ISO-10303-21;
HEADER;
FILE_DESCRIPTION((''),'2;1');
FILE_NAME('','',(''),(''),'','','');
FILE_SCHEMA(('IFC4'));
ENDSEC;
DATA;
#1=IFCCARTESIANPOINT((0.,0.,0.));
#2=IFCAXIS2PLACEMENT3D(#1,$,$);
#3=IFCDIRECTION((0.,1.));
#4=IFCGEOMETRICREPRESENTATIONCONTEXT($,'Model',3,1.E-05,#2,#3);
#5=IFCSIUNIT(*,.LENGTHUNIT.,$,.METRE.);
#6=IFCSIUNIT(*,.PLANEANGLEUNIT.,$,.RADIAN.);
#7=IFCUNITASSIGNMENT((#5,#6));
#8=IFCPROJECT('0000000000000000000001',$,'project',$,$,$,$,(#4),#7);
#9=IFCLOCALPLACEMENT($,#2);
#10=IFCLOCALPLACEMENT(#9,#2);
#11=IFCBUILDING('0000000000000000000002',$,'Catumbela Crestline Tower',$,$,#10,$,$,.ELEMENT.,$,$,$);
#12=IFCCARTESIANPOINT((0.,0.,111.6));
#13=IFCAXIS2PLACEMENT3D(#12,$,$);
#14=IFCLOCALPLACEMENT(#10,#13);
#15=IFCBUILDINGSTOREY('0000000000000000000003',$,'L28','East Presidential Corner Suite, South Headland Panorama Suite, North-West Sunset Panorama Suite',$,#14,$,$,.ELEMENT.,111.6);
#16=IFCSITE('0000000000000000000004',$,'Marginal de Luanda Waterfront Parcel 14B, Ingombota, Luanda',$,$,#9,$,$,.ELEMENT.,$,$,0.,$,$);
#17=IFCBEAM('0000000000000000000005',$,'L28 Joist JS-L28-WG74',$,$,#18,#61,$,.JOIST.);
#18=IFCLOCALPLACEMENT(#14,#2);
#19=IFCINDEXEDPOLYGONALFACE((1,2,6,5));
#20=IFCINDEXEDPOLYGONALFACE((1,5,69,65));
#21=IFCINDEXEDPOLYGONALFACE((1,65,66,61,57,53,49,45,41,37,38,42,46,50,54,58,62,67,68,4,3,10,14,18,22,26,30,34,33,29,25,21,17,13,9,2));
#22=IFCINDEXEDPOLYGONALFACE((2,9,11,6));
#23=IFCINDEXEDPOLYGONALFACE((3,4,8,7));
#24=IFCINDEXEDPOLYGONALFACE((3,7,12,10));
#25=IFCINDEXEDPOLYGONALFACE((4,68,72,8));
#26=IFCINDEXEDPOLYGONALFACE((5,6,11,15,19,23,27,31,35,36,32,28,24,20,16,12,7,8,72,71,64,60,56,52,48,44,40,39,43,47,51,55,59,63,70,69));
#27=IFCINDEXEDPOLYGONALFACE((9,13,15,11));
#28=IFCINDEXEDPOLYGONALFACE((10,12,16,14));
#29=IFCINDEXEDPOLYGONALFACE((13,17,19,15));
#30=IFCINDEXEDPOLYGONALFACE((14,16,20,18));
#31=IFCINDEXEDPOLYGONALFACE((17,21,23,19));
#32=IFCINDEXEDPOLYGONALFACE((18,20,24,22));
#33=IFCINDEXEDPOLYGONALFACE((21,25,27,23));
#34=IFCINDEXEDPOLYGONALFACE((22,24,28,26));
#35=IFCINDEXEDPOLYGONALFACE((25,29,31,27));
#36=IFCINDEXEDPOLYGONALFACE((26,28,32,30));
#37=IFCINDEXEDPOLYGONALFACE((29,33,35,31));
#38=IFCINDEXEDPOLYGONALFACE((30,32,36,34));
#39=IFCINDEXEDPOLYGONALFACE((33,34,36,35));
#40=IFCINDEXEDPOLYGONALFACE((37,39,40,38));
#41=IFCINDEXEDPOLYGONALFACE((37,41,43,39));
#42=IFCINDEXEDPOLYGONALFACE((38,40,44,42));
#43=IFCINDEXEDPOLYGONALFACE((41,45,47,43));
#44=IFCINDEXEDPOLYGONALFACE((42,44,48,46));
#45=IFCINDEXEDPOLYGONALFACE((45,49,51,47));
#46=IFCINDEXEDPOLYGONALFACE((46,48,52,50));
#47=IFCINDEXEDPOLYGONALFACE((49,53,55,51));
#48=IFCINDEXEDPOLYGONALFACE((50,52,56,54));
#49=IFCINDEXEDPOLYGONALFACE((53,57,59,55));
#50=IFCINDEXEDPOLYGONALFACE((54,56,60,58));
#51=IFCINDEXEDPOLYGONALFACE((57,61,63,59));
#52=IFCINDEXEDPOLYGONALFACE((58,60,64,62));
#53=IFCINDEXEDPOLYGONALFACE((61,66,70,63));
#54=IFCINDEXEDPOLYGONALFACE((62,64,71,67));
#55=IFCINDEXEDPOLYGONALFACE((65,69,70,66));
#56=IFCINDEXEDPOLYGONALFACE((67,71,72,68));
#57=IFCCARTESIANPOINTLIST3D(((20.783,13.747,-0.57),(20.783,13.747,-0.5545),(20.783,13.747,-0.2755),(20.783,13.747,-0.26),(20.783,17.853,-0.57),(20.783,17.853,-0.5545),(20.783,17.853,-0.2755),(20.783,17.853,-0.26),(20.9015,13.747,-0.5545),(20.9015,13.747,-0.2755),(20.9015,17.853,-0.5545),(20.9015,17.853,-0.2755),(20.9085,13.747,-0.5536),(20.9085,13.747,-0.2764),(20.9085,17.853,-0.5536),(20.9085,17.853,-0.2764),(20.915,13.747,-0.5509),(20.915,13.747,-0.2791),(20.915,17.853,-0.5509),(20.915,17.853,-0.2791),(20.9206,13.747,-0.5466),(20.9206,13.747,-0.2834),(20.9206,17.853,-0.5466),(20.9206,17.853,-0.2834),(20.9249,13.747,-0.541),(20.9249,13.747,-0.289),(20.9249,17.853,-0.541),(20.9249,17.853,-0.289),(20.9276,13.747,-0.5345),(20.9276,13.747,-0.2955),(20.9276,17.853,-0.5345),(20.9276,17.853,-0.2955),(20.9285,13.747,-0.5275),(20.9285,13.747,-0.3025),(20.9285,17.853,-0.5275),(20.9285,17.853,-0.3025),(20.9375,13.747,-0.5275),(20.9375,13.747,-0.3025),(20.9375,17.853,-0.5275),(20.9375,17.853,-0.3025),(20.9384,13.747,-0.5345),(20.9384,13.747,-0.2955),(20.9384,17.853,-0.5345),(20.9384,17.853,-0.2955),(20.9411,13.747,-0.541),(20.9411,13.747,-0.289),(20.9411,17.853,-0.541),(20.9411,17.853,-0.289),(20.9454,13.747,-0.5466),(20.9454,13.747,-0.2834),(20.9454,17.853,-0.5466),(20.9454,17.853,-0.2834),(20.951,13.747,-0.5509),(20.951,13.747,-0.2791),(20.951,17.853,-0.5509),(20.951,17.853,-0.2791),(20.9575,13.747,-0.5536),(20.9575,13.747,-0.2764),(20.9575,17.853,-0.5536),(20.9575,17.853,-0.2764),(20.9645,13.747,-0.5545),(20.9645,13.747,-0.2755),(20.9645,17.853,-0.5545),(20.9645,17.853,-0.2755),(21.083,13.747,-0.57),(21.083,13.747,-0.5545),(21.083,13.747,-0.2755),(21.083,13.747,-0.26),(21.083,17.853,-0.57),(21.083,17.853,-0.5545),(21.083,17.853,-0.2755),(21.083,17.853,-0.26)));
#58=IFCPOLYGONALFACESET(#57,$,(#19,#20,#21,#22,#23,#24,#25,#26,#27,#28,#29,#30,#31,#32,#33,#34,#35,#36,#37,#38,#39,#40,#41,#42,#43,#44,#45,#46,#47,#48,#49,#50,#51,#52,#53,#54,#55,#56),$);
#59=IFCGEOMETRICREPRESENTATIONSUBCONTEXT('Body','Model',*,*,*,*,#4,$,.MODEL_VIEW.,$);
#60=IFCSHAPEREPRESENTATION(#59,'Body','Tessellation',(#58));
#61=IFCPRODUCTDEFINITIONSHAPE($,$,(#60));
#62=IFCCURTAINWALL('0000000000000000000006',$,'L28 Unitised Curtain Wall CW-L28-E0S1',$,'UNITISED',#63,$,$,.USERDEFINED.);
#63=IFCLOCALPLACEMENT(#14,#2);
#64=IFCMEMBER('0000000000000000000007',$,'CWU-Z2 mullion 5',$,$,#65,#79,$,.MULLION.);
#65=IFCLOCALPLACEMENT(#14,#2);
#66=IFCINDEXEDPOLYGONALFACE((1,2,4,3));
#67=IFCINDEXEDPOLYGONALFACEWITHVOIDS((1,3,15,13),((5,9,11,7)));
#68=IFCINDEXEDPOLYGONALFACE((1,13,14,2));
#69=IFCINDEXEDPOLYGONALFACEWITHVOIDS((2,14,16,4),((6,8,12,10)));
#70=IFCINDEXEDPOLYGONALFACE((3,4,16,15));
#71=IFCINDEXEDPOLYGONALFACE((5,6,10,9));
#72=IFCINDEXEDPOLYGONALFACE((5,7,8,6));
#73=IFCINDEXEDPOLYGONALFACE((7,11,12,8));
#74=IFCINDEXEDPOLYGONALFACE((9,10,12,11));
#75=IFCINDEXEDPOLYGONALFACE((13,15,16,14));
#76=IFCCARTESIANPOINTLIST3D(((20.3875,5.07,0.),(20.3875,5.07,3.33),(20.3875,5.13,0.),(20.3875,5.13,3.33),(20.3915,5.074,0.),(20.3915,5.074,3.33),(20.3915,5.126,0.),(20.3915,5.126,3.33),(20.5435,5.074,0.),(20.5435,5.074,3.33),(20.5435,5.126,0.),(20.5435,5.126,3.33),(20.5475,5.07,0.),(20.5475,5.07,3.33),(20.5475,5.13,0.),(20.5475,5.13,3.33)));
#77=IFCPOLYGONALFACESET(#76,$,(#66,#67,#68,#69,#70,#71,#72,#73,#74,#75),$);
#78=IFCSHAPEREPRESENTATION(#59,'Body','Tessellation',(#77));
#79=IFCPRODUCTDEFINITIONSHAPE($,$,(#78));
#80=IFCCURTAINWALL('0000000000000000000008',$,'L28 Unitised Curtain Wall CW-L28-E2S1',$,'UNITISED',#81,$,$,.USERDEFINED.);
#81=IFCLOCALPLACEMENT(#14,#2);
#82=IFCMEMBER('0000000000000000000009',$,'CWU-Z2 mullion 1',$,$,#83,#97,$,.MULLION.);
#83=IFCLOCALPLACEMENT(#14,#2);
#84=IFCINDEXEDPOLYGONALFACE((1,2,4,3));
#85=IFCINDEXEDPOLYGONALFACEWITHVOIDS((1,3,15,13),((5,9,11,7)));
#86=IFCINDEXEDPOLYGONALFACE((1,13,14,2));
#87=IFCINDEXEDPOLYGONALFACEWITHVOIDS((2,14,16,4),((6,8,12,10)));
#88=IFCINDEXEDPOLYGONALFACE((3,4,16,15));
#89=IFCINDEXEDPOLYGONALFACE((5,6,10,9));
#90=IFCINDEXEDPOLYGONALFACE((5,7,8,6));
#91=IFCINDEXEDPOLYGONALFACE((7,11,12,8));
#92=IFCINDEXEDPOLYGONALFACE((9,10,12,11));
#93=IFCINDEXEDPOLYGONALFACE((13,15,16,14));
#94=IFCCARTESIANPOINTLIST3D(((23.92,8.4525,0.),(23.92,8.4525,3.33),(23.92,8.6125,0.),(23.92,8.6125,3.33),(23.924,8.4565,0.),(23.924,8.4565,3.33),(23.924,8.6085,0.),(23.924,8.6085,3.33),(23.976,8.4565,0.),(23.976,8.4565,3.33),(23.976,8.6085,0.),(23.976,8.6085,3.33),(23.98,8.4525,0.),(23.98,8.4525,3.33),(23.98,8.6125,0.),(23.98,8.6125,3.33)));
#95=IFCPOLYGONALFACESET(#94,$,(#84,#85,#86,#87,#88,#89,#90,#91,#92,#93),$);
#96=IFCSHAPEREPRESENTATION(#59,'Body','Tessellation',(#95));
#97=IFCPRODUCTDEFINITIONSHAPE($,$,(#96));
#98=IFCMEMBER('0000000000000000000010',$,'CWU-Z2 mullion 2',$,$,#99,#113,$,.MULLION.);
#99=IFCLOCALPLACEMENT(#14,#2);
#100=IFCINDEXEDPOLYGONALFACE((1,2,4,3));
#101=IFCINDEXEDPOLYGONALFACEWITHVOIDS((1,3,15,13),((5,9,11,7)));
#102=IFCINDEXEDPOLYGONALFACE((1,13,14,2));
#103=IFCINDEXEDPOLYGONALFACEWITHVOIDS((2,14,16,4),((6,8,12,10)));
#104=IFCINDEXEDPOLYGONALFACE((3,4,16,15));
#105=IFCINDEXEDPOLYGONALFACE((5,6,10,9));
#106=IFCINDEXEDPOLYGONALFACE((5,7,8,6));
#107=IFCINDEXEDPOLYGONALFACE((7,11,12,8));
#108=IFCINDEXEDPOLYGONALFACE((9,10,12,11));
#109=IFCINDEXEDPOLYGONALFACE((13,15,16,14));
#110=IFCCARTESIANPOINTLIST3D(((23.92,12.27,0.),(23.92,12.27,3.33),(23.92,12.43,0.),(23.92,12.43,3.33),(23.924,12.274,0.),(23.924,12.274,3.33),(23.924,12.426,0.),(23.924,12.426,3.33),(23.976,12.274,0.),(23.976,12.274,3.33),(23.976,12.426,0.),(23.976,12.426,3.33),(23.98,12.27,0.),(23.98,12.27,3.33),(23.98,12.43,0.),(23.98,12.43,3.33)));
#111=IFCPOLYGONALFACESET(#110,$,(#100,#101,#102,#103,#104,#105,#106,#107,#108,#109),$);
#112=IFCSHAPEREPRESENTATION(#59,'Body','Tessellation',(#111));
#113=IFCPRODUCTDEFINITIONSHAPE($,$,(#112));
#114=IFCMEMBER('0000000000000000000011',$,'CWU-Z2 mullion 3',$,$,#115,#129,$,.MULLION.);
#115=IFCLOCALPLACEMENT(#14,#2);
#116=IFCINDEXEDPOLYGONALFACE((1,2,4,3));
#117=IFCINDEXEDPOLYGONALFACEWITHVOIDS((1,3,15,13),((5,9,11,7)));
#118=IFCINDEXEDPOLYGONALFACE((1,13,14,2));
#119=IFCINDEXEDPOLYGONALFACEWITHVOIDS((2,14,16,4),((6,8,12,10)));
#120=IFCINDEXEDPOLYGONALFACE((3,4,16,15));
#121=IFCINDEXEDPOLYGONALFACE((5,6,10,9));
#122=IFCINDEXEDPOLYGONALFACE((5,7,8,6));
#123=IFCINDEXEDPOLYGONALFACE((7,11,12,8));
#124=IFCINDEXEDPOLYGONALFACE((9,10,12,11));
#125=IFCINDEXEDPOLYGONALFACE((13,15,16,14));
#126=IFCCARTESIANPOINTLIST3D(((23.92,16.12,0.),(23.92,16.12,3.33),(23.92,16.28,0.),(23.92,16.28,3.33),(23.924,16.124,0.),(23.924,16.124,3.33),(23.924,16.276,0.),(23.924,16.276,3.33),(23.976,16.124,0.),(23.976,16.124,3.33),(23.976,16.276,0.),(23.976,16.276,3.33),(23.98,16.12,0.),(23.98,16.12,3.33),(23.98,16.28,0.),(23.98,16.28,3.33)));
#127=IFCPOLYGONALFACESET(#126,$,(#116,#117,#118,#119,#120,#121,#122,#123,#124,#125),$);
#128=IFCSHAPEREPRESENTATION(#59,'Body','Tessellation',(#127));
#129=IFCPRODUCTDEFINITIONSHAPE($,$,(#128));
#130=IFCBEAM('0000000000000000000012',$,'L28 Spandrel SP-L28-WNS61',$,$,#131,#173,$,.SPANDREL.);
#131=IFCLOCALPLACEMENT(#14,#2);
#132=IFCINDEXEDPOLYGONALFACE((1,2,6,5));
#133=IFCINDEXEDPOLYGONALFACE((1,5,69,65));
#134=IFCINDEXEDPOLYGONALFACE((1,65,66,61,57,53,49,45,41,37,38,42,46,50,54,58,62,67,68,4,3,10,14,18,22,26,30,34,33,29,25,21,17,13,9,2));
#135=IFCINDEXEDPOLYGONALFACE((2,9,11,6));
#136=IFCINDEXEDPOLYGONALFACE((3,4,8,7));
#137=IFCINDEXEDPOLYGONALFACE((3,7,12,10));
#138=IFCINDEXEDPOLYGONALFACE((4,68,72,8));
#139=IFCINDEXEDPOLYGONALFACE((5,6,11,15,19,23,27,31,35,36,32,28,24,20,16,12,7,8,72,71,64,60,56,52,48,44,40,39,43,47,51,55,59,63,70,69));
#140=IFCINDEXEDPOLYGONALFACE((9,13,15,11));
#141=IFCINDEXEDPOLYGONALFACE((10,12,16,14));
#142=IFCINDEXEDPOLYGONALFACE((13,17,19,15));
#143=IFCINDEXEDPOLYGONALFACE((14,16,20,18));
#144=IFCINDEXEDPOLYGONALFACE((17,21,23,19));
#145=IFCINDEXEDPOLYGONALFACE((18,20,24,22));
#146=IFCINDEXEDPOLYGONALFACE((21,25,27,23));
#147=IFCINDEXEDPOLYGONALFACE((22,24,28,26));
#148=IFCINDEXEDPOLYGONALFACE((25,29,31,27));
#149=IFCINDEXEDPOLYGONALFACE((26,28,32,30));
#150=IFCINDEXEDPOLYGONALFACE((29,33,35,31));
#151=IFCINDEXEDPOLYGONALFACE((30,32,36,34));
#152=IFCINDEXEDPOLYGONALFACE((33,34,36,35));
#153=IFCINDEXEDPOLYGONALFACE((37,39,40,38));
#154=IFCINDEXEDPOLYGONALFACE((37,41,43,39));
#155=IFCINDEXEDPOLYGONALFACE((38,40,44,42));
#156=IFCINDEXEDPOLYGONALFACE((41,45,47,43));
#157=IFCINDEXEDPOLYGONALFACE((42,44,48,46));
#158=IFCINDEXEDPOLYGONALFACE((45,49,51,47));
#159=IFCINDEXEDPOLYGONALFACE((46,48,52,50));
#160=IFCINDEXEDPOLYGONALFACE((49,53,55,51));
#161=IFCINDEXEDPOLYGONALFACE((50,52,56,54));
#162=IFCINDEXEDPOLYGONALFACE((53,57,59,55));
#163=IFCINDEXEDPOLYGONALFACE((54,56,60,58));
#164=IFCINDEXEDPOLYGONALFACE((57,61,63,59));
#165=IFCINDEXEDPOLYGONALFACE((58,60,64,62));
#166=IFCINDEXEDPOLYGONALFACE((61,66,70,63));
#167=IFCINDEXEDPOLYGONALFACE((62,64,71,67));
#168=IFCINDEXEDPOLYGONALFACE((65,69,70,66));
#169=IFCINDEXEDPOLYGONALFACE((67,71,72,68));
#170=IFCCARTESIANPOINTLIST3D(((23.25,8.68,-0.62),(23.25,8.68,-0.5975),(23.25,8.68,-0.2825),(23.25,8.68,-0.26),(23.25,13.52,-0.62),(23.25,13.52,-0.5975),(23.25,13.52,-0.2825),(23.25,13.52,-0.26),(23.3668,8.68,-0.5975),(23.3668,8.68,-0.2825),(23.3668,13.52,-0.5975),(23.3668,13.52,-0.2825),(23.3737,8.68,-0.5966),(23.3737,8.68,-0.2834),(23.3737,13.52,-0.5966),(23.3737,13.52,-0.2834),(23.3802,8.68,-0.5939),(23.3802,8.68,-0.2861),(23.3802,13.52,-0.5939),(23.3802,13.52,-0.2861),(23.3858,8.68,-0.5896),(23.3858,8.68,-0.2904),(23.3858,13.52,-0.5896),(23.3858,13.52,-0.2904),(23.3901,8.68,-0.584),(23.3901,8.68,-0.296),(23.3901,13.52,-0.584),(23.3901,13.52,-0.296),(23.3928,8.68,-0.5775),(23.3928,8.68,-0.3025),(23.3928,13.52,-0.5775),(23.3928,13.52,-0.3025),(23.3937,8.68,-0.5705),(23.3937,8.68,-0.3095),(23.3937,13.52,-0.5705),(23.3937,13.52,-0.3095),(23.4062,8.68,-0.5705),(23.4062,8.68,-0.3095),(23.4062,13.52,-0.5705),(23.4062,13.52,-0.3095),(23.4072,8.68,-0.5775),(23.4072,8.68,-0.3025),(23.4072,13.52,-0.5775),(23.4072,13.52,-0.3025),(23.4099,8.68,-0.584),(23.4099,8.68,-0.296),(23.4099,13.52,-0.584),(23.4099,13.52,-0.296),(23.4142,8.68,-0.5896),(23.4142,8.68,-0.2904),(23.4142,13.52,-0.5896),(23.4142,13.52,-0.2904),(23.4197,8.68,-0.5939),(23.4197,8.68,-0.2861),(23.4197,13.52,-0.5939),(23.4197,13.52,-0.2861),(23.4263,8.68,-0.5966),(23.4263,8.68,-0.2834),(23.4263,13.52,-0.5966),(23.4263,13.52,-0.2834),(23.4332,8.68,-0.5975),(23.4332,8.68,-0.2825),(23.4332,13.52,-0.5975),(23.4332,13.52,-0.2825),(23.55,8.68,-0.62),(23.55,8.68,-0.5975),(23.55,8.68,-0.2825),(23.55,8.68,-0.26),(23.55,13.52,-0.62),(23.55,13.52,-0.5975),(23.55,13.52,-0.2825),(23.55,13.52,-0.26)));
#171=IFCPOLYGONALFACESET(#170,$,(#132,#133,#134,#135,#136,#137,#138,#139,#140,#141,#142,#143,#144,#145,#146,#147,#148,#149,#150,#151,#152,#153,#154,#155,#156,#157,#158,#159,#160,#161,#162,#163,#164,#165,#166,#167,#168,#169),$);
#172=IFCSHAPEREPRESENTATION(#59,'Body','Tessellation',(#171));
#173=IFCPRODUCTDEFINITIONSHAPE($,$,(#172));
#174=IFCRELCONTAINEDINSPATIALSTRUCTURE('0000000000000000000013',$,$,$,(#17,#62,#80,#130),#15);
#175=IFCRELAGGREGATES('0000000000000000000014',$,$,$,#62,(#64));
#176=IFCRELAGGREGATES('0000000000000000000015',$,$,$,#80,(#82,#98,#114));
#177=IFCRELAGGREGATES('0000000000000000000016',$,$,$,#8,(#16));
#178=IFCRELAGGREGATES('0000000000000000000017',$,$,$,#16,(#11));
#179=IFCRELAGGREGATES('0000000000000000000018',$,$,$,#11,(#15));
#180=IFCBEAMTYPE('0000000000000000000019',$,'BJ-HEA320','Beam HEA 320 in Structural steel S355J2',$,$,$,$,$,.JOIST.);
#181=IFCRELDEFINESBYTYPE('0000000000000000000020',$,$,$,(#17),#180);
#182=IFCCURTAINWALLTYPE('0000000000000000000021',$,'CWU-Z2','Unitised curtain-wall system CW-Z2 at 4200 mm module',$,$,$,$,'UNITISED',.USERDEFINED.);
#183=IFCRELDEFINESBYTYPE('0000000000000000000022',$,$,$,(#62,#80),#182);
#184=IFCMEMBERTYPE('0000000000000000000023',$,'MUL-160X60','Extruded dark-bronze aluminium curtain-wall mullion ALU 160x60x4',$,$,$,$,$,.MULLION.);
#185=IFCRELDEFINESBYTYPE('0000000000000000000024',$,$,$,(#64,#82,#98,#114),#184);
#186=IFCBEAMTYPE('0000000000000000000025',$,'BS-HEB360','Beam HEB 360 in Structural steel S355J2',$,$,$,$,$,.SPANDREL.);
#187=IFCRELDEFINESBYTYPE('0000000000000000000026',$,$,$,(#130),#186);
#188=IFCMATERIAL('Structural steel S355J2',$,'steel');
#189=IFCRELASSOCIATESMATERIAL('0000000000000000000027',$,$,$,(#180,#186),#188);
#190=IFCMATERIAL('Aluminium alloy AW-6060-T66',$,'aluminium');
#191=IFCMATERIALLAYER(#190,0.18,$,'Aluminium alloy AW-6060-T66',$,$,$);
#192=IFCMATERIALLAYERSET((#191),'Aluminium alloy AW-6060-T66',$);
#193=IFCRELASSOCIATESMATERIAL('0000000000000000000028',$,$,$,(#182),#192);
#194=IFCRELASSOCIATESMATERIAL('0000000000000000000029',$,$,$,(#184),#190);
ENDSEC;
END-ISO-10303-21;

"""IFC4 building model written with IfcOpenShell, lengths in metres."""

from ifc_helpers import new_model, si_unit, direction, frame, origin, origin_2d, place, context, subcontext, project, spatial, hollow_rectangle, i_section, extrude, material, layer, layer_set, material_profile, profile_set, type_object, element, aggregate, save


model = new_model("IFC4")

# Units and contexts
model_context = context("Model", 3, precision=1e-05, world=origin(), true_north=direction((0.0, 1.0)))
body_context = subcontext(model_context, "Body", "Model", "MODEL_VIEW")
ifc_project = project(units=[si_unit("LENGTHUNIT", "METRE"), si_unit("PLANEANGLEUNIT", "RADIAN")], contexts=[model_context])

# Site, building, storey
site_placement = place(None, origin())
site = spatial("IfcSite", under=ifc_project, at=site_placement, Name="Marginal de Luanda Waterfront Parcel 14B, Ingombota, Luanda", CompositionType="ELEMENT", RefElevation=0.0)
building_placement = place(site_placement, origin())
building = spatial("IfcBuilding", under=site, at=building_placement, Name="Catumbela Crestline Tower", CompositionType="ELEMENT")
storey_placement = place(building_placement, frame((0.0, 0.0, 111.6)))
storey = spatial("IfcBuildingStorey", under=building, at=storey_placement, Name="L28", Description="East Presidential Corner Suite, South Headland Panorama Suite, North-West Sunset Panorama Suite", CompositionType="ELEMENT", Elevation=111.6)

# Beam
ifc_material_1 = material(Name="Structural steel S355J2", Category="steel")
ifc_material_profile_1 = material_profile(ifc_material_1, i_section(OverallWidth=0.3, OverallDepth=0.31, WebThickness=0.009, FlangeThickness=0.0155, FilletRadius=0.027, at=origin_2d()), Name="HEA 320")
ifc_profile_set_1 = profile_set([ifc_material_profile_1], Name="Structural steel S355J2")
beam_type_1 = type_object("IfcBeamType", Name="BJ-HEA320", Description="Beam HEA 320 in Structural steel S355J2", PredefinedType="JOIST", material=ifc_profile_set_1)
for number, where, z_axis, x_axis, name in (
    (1, (20.933, 13.747, -0.415), (0.0, 1.0, 0.0), (-1.0, 0.0, 0.0), "L28 Joist JS-L28-WG74"),
):
    element("IfcBeam", number, at=place(storey_placement, frame(where, z_axis=z_axis, x_axis=x_axis)), inside=storey, type_object=beam_type_1, Name=name, PredefinedType="JOIST", context=body_context, shape_type="SweptSolid", body=[
        extrude(i_section(OverallWidth=0.3, OverallDepth=0.31, WebThickness=0.009, FlangeThickness=0.0155, FilletRadius=0.027, at=origin_2d()), origin(), (0.0, 0.0, 1.0), 4.106),
    ])

# Curtain wall, member
ifc_material_2 = material(Name="Aluminium alloy AW-6060-T66", Category="aluminium")
ifc_layer_1 = layer(ifc_material_2, 0.18, Name="Aluminium alloy AW-6060-T66")
ifc_layer_set_1 = layer_set([ifc_layer_1], Name="Aluminium alloy AW-6060-T66")
curtain_wall_type = type_object("IfcCurtainWallType", Name="CWU-Z2", Description="Unitised curtain-wall system CW-Z2 at 4200 mm module", ElementType="UNITISED", PredefinedType="USERDEFINED", material=ifc_layer_set_1)
curtain_wall_1_placement = place(storey_placement, origin())
curtain_wall_1 = element("IfcCurtainWall", 2, at=curtain_wall_1_placement, inside=storey, type_object=curtain_wall_type, Name="L28 Unitised Curtain Wall CW-L28-E0S1", ObjectType="UNITISED", PredefinedType="USERDEFINED")
ifc_material_profile_2 = material_profile(ifc_material_2, hollow_rectangle(XDim=0.06, YDim=0.16, WallThickness=0.004, at=origin_2d()), Name="ALU 160x60x4")
ifc_profile_set_2 = profile_set([ifc_material_profile_2], Name="Aluminium alloy AW-6060-T66")
member_type_1 = type_object("IfcMemberType", Name="MUL-160X60", Description="Extruded dark-bronze aluminium curtain-wall mullion ALU 160x60x4", PredefinedType="MULLION", material=ifc_profile_set_2)
member_1_placement = place(storey_placement, frame((20.4675, 5.1, 0.0), z_axis=(0.0, 0.0, 1.0), x_axis=(0.0, 1.0, 0.0)))
member_1 = element("IfcMember", 3, at=member_1_placement, type_object=member_type_1, Name="CWU-Z2 mullion 5", PredefinedType="MULLION", context=body_context, shape_type="SweptSolid", body=[
    extrude(hollow_rectangle(XDim=0.06, YDim=0.16, WallThickness=0.004, at=origin_2d()), origin(), (0.0, 0.0, 1.0), 3.33),
])
aggregate(curtain_wall_1, [member_1])

# Curtain wall, members
curtain_wall_2_placement = place(storey_placement, origin())
curtain_wall_2 = element("IfcCurtainWall", 4, at=curtain_wall_2_placement, inside=storey, type_object=curtain_wall_type, Name="L28 Unitised Curtain Wall CW-L28-E2S1", ObjectType="UNITISED", PredefinedType="USERDEFINED")
member_2_placement = place(storey_placement, frame((23.95, 8.5325, 0.0), z_axis=(0.0, 0.0, 1.0), x_axis=(-1.0, 0.0, 0.0)))
member_2 = element("IfcMember", 5, at=member_2_placement, type_object=member_type_1, Name="CWU-Z2 mullion 1", PredefinedType="MULLION", context=body_context, shape_type="SweptSolid", body=[
    extrude(hollow_rectangle(XDim=0.06, YDim=0.16, WallThickness=0.004, at=origin_2d()), origin(), (0.0, 0.0, 1.0), 3.33),
])
member_3_placement = place(storey_placement, frame((23.95, 12.35, 0.0), z_axis=(0.0, 0.0, 1.0), x_axis=(-1.0, 0.0, 0.0)))
member_3 = element("IfcMember", 6, at=member_3_placement, type_object=member_type_1, Name="CWU-Z2 mullion 2", PredefinedType="MULLION", context=body_context, shape_type="SweptSolid", body=[
    extrude(hollow_rectangle(XDim=0.06, YDim=0.16, WallThickness=0.004, at=origin_2d()), origin(), (0.0, 0.0, 1.0), 3.33),
])
member_4_placement = place(storey_placement, frame((23.95, 16.2, 0.0), z_axis=(0.0, 0.0, 1.0), x_axis=(-1.0, 0.0, 0.0)))
member_4 = element("IfcMember", 7, at=member_4_placement, type_object=member_type_1, Name="CWU-Z2 mullion 3", PredefinedType="MULLION", context=body_context, shape_type="SweptSolid", body=[
    extrude(hollow_rectangle(XDim=0.06, YDim=0.16, WallThickness=0.004, at=origin_2d()), origin(), (0.0, 0.0, 1.0), 3.33),
])

# Beam
ifc_material_profile_3 = material_profile(ifc_material_1, i_section(OverallWidth=0.3, OverallDepth=0.36, WebThickness=0.0125, FlangeThickness=0.0225, FilletRadius=0.027, at=origin_2d()), Name="HEB 360")
ifc_profile_set_3 = profile_set([ifc_material_profile_3], Name="Structural steel S355J2")
beam_type_2 = type_object("IfcBeamType", Name="BS-HEB360", Description="Beam HEB 360 in Structural steel S355J2", PredefinedType="SPANDREL", material=ifc_profile_set_3)
beam_1_placement = place(storey_placement, frame((23.4, 8.68, -0.44), z_axis=(0.0, 1.0, 0.0), x_axis=(-1.0, 0.0, 0.0)))
element("IfcBeam", 8, at=beam_1_placement, inside=storey, type_object=beam_type_2, Name="L28 Spandrel SP-L28-WNS61", PredefinedType="SPANDREL", context=body_context, shape_type="SweptSolid", body=[
    extrude(i_section(OverallWidth=0.3, OverallDepth=0.36, WebThickness=0.0125, FlangeThickness=0.0225, FilletRadius=0.027, at=origin_2d()), origin(), (0.0, 0.0, 1.0), 4.84),
])

aggregate(curtain_wall_2, [member_2, member_3, member_4])

save(model, "model.ifc")
